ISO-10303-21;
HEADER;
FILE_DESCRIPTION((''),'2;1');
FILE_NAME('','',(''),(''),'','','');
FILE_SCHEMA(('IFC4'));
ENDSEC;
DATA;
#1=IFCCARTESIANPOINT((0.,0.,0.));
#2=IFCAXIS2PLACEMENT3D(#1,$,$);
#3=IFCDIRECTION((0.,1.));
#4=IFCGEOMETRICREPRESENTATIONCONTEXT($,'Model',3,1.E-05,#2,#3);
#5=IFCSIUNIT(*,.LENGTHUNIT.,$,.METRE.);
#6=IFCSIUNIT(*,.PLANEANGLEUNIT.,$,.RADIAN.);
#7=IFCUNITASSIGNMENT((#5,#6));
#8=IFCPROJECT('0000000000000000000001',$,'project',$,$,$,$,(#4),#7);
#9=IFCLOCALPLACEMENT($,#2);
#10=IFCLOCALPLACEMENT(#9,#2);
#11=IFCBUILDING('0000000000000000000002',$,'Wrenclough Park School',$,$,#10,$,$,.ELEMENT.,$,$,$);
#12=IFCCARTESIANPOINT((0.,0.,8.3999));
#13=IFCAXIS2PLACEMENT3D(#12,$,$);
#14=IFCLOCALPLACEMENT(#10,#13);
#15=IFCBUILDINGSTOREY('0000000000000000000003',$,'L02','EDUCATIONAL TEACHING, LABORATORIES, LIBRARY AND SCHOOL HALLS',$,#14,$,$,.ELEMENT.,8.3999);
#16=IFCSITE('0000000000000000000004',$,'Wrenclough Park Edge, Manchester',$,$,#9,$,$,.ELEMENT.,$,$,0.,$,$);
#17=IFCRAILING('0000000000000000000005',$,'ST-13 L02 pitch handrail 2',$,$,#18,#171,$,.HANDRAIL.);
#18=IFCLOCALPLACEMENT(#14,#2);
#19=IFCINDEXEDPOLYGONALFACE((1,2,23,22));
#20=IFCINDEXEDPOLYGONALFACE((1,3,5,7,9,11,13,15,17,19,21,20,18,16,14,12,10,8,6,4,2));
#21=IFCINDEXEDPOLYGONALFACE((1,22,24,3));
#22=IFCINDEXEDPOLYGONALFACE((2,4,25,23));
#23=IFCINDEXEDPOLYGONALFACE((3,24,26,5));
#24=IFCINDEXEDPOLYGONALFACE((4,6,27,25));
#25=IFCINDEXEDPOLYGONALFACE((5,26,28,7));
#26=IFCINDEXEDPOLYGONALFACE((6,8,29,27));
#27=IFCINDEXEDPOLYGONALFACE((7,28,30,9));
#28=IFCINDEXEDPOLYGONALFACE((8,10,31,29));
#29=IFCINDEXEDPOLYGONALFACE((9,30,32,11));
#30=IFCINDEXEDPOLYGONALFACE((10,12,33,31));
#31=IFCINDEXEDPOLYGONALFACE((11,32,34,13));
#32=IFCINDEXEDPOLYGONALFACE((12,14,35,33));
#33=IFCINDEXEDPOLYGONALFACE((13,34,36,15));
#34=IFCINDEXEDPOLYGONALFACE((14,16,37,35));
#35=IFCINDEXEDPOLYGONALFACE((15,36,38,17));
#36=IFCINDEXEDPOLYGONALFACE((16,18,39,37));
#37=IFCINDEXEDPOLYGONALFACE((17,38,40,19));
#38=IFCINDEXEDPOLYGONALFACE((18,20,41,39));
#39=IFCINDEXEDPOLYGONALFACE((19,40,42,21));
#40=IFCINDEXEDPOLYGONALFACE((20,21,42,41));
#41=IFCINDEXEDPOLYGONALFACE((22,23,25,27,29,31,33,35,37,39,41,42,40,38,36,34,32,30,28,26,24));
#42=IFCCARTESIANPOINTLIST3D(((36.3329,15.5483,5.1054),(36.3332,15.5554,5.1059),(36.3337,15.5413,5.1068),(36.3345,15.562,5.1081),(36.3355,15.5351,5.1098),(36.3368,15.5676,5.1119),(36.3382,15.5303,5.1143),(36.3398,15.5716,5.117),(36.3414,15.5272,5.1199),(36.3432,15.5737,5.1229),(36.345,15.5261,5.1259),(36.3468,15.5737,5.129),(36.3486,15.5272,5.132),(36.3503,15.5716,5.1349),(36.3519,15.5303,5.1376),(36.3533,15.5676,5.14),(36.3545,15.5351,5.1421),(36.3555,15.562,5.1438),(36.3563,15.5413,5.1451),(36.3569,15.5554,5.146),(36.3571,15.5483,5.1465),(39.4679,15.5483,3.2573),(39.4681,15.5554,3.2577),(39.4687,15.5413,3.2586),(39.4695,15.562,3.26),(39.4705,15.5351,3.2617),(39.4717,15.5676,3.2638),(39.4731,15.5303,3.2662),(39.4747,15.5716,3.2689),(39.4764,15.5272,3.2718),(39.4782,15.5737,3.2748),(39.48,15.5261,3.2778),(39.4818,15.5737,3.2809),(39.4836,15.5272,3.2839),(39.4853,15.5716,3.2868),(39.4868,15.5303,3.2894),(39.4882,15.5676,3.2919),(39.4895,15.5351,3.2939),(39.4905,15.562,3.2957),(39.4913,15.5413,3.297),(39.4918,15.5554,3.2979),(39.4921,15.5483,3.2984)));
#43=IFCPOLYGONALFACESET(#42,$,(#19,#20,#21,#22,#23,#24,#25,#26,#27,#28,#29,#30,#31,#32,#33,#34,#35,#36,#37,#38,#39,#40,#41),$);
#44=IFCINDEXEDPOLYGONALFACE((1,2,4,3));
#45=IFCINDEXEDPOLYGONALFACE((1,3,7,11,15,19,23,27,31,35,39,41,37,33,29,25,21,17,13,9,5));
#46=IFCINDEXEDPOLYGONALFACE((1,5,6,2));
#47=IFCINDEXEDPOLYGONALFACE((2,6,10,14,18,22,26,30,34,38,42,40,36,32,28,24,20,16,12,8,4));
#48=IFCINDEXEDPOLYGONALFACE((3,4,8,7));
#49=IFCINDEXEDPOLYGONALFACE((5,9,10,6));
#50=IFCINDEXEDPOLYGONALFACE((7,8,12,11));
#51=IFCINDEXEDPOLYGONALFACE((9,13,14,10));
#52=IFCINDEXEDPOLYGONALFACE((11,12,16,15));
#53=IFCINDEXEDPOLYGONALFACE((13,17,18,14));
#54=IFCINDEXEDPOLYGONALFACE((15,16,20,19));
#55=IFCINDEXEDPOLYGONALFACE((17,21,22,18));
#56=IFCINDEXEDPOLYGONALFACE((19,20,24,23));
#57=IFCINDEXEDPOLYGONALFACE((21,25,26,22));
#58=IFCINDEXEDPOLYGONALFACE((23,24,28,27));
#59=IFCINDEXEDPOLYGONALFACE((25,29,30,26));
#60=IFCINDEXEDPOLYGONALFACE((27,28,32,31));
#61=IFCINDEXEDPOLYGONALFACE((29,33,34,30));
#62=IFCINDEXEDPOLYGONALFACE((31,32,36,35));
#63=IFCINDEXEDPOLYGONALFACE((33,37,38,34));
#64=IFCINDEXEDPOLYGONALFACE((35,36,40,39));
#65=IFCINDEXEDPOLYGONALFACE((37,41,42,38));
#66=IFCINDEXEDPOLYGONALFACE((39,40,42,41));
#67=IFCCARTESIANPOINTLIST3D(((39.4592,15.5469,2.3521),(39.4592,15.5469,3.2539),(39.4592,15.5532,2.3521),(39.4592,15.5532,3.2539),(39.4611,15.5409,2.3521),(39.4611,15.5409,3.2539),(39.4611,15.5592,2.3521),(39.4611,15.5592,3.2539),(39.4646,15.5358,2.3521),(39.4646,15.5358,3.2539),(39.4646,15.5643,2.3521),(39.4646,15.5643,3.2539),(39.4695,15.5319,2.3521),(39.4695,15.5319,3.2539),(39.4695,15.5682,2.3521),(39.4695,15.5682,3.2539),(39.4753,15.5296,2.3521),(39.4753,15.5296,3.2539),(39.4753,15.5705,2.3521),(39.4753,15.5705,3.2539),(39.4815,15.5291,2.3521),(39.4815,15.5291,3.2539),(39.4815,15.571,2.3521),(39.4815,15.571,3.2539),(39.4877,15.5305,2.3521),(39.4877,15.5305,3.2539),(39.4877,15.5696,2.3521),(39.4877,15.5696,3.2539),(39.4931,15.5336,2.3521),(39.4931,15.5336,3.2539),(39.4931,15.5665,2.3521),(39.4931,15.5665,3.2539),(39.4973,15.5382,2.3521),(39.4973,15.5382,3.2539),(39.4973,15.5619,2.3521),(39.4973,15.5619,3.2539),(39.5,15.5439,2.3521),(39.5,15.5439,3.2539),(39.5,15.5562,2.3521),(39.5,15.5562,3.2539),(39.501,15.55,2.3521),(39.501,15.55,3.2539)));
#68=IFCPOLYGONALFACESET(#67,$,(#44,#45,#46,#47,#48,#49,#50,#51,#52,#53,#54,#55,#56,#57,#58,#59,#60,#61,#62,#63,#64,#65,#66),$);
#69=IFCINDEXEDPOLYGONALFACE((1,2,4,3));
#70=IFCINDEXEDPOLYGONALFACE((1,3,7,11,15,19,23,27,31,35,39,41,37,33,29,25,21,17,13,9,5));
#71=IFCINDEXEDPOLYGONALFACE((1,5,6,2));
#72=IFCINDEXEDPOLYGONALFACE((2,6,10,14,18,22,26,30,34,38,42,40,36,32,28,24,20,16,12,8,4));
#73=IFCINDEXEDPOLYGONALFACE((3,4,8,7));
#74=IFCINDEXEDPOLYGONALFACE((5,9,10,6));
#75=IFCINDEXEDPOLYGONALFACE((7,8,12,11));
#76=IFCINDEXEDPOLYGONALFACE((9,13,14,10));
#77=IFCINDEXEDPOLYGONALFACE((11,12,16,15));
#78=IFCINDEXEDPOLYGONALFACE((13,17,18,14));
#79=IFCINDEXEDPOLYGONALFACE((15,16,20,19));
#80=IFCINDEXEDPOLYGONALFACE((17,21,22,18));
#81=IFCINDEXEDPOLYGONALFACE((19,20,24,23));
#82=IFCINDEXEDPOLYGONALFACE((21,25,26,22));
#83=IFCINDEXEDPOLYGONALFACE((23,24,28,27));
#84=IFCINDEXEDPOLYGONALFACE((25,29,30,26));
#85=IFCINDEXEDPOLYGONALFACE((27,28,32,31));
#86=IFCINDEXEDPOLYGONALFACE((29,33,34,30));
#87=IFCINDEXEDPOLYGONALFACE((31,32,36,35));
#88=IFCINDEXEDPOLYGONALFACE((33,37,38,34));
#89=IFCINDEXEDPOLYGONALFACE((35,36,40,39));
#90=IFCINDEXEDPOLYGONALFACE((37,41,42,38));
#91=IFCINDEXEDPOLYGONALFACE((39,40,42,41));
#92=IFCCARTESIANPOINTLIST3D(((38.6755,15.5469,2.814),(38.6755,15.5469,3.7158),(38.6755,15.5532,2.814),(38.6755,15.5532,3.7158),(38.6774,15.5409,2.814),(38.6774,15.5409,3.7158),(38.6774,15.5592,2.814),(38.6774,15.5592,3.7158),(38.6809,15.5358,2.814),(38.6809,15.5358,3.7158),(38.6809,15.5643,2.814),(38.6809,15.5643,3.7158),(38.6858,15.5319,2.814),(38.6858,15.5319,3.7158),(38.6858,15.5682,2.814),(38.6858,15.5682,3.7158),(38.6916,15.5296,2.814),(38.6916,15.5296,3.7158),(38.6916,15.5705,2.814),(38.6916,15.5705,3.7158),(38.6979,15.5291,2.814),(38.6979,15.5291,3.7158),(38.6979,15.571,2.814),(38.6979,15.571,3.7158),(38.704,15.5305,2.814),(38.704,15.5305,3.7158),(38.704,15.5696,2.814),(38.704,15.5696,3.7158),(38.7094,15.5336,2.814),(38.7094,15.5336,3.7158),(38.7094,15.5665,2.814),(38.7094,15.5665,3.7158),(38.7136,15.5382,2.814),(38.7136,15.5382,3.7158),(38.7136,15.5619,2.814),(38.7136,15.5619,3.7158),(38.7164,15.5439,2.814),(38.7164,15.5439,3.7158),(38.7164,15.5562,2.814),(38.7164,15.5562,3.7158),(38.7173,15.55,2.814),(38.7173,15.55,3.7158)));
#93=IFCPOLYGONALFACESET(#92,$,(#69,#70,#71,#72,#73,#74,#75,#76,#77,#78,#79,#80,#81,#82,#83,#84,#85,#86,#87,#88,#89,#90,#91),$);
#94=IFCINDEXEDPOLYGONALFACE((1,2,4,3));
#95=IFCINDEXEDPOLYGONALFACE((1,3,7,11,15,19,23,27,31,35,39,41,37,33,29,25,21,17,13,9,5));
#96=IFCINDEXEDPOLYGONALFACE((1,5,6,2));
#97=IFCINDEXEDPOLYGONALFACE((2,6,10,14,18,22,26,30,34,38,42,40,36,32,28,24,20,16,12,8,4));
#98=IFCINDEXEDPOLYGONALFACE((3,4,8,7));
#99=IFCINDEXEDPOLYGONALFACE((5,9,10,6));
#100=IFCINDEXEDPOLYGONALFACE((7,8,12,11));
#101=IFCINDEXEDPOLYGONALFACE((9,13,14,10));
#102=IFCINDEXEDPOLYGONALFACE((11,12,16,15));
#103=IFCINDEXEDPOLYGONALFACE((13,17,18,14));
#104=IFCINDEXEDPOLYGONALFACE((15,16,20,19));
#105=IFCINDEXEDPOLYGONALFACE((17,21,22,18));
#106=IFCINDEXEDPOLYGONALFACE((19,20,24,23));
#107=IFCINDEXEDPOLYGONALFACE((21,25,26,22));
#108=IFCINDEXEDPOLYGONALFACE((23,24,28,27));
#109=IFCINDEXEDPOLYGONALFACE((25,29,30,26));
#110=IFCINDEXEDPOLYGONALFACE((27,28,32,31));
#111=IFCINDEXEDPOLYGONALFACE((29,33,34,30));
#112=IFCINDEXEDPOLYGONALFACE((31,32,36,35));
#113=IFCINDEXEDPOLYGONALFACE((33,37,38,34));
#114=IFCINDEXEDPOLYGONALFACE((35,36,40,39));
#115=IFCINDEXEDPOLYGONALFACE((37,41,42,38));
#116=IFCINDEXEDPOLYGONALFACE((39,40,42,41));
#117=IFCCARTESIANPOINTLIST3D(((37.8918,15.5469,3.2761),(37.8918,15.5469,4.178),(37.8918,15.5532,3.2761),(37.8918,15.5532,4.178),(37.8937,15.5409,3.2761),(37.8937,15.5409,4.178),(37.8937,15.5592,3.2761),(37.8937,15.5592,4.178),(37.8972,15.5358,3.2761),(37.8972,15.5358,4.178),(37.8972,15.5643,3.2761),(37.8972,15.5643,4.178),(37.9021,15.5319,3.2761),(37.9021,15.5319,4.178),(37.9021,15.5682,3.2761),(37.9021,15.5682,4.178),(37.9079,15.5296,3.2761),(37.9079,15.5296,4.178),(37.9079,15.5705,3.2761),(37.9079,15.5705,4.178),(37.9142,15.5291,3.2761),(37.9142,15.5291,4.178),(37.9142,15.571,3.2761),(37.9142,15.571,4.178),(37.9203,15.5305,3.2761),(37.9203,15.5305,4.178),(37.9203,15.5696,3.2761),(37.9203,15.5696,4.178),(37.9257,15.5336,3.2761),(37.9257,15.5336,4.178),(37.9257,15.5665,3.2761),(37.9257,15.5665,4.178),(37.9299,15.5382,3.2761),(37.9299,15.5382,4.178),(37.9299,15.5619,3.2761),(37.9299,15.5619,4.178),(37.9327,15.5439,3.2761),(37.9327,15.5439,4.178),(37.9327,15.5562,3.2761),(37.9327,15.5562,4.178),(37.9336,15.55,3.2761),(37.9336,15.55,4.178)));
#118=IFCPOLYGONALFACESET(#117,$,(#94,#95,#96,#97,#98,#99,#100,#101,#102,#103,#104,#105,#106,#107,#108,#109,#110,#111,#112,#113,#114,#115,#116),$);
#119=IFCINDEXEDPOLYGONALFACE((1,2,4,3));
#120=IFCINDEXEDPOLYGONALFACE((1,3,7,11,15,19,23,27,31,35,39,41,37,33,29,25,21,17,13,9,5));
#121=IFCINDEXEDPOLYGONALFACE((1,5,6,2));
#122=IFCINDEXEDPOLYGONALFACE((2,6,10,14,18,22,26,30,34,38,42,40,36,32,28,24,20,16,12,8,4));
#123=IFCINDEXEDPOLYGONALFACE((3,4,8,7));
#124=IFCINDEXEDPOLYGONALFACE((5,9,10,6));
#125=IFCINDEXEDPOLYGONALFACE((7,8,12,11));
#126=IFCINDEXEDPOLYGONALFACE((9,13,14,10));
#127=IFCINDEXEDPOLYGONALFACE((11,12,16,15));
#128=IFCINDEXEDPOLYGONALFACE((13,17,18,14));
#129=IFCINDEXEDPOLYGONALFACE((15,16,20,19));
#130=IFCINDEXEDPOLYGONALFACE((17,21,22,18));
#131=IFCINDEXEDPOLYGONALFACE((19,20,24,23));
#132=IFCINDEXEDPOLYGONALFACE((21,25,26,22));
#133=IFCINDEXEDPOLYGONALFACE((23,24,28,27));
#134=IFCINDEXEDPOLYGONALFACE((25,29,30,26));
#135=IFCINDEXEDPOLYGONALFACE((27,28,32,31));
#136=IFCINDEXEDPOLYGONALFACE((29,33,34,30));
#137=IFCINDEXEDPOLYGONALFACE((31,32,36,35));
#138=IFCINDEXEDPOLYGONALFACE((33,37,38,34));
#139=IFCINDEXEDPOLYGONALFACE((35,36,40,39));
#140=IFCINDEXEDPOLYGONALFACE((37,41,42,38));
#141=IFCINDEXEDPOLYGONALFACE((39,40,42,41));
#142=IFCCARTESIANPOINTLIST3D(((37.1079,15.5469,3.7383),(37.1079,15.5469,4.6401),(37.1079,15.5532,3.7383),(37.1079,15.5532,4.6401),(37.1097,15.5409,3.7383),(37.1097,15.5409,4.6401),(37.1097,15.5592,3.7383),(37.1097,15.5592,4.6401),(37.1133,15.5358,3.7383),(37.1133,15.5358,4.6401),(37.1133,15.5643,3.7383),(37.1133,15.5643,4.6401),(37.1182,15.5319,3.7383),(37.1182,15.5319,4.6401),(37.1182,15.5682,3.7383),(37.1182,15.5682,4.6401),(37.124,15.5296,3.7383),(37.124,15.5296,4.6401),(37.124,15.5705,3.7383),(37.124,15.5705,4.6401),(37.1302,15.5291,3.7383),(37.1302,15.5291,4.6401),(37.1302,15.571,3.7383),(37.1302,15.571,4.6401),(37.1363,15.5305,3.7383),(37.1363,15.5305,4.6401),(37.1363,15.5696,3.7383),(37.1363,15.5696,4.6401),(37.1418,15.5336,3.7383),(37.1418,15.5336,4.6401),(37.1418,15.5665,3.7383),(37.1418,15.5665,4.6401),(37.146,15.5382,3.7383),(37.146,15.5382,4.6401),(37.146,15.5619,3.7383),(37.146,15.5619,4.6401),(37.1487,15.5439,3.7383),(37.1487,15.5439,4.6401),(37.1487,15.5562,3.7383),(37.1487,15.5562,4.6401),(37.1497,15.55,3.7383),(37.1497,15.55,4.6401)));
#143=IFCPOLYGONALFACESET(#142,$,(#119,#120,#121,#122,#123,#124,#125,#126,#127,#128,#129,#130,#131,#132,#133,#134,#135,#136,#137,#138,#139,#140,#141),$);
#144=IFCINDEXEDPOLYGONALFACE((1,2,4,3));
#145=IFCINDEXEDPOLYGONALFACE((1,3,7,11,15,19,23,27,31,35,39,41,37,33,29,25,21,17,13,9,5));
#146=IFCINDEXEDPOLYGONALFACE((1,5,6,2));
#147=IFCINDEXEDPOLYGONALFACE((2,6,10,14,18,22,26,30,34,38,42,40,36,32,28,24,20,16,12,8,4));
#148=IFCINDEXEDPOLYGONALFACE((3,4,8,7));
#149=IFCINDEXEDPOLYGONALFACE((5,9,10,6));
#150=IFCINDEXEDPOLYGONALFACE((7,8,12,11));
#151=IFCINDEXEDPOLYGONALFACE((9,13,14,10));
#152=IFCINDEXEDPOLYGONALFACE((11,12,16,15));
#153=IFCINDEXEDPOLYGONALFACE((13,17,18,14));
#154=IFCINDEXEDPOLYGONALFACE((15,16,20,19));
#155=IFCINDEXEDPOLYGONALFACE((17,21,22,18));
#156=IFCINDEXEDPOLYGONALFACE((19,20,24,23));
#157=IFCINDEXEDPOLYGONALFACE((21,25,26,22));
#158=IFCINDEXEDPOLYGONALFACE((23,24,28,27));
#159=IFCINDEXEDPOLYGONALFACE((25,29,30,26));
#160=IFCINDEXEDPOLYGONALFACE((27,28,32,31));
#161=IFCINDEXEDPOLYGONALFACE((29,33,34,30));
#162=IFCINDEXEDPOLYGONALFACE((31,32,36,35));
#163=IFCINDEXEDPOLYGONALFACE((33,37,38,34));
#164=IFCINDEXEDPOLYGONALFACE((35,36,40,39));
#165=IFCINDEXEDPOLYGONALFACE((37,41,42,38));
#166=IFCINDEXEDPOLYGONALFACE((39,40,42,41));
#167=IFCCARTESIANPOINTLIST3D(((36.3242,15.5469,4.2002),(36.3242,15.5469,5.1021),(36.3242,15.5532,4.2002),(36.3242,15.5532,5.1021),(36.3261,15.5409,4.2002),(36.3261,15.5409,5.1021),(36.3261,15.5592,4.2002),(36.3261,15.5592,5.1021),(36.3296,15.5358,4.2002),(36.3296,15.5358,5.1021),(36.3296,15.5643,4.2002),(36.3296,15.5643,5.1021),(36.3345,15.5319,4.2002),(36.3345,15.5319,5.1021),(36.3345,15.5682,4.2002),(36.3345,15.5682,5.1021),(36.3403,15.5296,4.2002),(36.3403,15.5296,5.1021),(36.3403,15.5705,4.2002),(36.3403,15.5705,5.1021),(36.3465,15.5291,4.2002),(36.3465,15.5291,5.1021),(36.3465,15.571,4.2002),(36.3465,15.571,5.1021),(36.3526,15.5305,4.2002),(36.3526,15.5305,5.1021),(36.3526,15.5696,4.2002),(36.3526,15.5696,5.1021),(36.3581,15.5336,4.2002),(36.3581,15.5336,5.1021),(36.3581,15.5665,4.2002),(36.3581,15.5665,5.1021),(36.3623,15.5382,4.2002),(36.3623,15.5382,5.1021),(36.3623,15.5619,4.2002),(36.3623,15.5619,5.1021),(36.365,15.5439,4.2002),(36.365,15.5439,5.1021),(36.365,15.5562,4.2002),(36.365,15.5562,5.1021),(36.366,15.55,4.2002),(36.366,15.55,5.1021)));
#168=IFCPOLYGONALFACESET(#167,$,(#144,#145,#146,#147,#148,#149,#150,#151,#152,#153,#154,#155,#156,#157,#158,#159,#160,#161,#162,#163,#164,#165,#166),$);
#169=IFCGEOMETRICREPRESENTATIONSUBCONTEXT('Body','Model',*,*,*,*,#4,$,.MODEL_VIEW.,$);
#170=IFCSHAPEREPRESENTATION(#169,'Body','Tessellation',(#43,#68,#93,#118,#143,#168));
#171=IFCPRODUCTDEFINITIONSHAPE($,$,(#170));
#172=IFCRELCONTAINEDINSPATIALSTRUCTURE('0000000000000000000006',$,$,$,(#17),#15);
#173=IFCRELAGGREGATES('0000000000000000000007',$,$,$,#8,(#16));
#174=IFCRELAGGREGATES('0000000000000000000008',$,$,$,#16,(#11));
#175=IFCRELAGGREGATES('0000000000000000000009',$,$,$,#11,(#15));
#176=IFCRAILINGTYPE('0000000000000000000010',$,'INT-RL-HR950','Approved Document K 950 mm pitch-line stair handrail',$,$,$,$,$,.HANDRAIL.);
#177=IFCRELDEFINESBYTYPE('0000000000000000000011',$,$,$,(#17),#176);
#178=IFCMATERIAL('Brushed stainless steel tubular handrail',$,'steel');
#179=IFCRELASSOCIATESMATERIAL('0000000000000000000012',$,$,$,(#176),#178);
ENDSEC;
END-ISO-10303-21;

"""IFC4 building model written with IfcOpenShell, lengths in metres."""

from ifc_helpers import new_model, si_unit, direction, frame, origin, origin_2d, place, context, subcontext, project, spatial, circle, extrude, material, type_object, element, save


model = new_model("IFC4")

# Units and contexts
model_context = context("Model", 3, precision=1e-05, world=origin(), true_north=direction((0.0, 1.0)))
body_context = subcontext(model_context, "Body", "Model", "MODEL_VIEW")
ifc_project = project(units=[si_unit("LENGTHUNIT", "METRE"), si_unit("PLANEANGLEUNIT", "RADIAN")], contexts=[model_context])

# Site, building, storey
site_placement = place(None, origin())
site = spatial("IfcSite", under=ifc_project, at=site_placement, Name="Wrenclough Park Edge, Manchester", CompositionType="ELEMENT", RefElevation=0.0)
building_placement = place(site_placement, origin())
building = spatial("IfcBuilding", under=site, at=building_placement, Name="Wrenclough Park School", CompositionType="ELEMENT")
storey_placement = place(building_placement, frame((0.0, 0.0, 8.3999)))
storey = spatial("IfcBuildingStorey", under=building, at=storey_placement, Name="L02", Description="EDUCATIONAL TEACHING, LABORATORIES, LIBRARY AND SCHOOL HALLS", CompositionType="ELEMENT", Elevation=8.3999)

# Railing
ifc_material_1 = material(Name="Brushed stainless steel tubular handrail", Category="steel")
railing_type_1 = type_object("IfcRailingType", Name="INT-RL-HR950", Description="Approved Document K 950 mm pitch-line stair handrail", PredefinedType="HANDRAIL", material=ifc_material_1)
railing_1_placement = place(storey_placement, frame((39.48, 15.55, 2.3521)))
element("IfcRailing", 1, at=railing_1_placement, inside=storey, type_object=railing_type_1, Name="ST-13 L02 pitch handrail 2", PredefinedType="HANDRAIL", context=body_context, shape_type="SweptSolid", body=[
    extrude(circle(Radius=0.0239, at=origin_2d()), frame((0.0, 0.0, 0.9258), z_axis=(-0.861451, 0.0, 0.507841), x_axis=(0.0, -1.0, 0.0)), (0.0, 0.0, 1.0), 3.6392),
    extrude(circle(Radius=0.021, at=origin_2d()), origin(), (0.0, 0.0, 1.0), 0.9019),
    extrude(circle(Radius=0.021, at=origin_2d()), frame((-0.7837, 0.0, 0.4619)), (0.0, 0.0, 1.0), 0.9019),
    extrude(circle(Radius=0.021, at=origin_2d()), frame((-1.5674, 0.0, 0.9241)), (0.0, 0.0, 1.0), 0.9019),
    extrude(circle(Radius=0.021, at=origin_2d()), frame((-2.3513, 0.0, 1.3862)), (0.0, 0.0, 1.0), 0.9019),
    extrude(circle(Radius=0.021, at=origin_2d()), frame((-3.135, 0.0, 1.8481)), (0.0, 0.0, 1.0), 0.9019),
])

save(model, "model.ifc")
